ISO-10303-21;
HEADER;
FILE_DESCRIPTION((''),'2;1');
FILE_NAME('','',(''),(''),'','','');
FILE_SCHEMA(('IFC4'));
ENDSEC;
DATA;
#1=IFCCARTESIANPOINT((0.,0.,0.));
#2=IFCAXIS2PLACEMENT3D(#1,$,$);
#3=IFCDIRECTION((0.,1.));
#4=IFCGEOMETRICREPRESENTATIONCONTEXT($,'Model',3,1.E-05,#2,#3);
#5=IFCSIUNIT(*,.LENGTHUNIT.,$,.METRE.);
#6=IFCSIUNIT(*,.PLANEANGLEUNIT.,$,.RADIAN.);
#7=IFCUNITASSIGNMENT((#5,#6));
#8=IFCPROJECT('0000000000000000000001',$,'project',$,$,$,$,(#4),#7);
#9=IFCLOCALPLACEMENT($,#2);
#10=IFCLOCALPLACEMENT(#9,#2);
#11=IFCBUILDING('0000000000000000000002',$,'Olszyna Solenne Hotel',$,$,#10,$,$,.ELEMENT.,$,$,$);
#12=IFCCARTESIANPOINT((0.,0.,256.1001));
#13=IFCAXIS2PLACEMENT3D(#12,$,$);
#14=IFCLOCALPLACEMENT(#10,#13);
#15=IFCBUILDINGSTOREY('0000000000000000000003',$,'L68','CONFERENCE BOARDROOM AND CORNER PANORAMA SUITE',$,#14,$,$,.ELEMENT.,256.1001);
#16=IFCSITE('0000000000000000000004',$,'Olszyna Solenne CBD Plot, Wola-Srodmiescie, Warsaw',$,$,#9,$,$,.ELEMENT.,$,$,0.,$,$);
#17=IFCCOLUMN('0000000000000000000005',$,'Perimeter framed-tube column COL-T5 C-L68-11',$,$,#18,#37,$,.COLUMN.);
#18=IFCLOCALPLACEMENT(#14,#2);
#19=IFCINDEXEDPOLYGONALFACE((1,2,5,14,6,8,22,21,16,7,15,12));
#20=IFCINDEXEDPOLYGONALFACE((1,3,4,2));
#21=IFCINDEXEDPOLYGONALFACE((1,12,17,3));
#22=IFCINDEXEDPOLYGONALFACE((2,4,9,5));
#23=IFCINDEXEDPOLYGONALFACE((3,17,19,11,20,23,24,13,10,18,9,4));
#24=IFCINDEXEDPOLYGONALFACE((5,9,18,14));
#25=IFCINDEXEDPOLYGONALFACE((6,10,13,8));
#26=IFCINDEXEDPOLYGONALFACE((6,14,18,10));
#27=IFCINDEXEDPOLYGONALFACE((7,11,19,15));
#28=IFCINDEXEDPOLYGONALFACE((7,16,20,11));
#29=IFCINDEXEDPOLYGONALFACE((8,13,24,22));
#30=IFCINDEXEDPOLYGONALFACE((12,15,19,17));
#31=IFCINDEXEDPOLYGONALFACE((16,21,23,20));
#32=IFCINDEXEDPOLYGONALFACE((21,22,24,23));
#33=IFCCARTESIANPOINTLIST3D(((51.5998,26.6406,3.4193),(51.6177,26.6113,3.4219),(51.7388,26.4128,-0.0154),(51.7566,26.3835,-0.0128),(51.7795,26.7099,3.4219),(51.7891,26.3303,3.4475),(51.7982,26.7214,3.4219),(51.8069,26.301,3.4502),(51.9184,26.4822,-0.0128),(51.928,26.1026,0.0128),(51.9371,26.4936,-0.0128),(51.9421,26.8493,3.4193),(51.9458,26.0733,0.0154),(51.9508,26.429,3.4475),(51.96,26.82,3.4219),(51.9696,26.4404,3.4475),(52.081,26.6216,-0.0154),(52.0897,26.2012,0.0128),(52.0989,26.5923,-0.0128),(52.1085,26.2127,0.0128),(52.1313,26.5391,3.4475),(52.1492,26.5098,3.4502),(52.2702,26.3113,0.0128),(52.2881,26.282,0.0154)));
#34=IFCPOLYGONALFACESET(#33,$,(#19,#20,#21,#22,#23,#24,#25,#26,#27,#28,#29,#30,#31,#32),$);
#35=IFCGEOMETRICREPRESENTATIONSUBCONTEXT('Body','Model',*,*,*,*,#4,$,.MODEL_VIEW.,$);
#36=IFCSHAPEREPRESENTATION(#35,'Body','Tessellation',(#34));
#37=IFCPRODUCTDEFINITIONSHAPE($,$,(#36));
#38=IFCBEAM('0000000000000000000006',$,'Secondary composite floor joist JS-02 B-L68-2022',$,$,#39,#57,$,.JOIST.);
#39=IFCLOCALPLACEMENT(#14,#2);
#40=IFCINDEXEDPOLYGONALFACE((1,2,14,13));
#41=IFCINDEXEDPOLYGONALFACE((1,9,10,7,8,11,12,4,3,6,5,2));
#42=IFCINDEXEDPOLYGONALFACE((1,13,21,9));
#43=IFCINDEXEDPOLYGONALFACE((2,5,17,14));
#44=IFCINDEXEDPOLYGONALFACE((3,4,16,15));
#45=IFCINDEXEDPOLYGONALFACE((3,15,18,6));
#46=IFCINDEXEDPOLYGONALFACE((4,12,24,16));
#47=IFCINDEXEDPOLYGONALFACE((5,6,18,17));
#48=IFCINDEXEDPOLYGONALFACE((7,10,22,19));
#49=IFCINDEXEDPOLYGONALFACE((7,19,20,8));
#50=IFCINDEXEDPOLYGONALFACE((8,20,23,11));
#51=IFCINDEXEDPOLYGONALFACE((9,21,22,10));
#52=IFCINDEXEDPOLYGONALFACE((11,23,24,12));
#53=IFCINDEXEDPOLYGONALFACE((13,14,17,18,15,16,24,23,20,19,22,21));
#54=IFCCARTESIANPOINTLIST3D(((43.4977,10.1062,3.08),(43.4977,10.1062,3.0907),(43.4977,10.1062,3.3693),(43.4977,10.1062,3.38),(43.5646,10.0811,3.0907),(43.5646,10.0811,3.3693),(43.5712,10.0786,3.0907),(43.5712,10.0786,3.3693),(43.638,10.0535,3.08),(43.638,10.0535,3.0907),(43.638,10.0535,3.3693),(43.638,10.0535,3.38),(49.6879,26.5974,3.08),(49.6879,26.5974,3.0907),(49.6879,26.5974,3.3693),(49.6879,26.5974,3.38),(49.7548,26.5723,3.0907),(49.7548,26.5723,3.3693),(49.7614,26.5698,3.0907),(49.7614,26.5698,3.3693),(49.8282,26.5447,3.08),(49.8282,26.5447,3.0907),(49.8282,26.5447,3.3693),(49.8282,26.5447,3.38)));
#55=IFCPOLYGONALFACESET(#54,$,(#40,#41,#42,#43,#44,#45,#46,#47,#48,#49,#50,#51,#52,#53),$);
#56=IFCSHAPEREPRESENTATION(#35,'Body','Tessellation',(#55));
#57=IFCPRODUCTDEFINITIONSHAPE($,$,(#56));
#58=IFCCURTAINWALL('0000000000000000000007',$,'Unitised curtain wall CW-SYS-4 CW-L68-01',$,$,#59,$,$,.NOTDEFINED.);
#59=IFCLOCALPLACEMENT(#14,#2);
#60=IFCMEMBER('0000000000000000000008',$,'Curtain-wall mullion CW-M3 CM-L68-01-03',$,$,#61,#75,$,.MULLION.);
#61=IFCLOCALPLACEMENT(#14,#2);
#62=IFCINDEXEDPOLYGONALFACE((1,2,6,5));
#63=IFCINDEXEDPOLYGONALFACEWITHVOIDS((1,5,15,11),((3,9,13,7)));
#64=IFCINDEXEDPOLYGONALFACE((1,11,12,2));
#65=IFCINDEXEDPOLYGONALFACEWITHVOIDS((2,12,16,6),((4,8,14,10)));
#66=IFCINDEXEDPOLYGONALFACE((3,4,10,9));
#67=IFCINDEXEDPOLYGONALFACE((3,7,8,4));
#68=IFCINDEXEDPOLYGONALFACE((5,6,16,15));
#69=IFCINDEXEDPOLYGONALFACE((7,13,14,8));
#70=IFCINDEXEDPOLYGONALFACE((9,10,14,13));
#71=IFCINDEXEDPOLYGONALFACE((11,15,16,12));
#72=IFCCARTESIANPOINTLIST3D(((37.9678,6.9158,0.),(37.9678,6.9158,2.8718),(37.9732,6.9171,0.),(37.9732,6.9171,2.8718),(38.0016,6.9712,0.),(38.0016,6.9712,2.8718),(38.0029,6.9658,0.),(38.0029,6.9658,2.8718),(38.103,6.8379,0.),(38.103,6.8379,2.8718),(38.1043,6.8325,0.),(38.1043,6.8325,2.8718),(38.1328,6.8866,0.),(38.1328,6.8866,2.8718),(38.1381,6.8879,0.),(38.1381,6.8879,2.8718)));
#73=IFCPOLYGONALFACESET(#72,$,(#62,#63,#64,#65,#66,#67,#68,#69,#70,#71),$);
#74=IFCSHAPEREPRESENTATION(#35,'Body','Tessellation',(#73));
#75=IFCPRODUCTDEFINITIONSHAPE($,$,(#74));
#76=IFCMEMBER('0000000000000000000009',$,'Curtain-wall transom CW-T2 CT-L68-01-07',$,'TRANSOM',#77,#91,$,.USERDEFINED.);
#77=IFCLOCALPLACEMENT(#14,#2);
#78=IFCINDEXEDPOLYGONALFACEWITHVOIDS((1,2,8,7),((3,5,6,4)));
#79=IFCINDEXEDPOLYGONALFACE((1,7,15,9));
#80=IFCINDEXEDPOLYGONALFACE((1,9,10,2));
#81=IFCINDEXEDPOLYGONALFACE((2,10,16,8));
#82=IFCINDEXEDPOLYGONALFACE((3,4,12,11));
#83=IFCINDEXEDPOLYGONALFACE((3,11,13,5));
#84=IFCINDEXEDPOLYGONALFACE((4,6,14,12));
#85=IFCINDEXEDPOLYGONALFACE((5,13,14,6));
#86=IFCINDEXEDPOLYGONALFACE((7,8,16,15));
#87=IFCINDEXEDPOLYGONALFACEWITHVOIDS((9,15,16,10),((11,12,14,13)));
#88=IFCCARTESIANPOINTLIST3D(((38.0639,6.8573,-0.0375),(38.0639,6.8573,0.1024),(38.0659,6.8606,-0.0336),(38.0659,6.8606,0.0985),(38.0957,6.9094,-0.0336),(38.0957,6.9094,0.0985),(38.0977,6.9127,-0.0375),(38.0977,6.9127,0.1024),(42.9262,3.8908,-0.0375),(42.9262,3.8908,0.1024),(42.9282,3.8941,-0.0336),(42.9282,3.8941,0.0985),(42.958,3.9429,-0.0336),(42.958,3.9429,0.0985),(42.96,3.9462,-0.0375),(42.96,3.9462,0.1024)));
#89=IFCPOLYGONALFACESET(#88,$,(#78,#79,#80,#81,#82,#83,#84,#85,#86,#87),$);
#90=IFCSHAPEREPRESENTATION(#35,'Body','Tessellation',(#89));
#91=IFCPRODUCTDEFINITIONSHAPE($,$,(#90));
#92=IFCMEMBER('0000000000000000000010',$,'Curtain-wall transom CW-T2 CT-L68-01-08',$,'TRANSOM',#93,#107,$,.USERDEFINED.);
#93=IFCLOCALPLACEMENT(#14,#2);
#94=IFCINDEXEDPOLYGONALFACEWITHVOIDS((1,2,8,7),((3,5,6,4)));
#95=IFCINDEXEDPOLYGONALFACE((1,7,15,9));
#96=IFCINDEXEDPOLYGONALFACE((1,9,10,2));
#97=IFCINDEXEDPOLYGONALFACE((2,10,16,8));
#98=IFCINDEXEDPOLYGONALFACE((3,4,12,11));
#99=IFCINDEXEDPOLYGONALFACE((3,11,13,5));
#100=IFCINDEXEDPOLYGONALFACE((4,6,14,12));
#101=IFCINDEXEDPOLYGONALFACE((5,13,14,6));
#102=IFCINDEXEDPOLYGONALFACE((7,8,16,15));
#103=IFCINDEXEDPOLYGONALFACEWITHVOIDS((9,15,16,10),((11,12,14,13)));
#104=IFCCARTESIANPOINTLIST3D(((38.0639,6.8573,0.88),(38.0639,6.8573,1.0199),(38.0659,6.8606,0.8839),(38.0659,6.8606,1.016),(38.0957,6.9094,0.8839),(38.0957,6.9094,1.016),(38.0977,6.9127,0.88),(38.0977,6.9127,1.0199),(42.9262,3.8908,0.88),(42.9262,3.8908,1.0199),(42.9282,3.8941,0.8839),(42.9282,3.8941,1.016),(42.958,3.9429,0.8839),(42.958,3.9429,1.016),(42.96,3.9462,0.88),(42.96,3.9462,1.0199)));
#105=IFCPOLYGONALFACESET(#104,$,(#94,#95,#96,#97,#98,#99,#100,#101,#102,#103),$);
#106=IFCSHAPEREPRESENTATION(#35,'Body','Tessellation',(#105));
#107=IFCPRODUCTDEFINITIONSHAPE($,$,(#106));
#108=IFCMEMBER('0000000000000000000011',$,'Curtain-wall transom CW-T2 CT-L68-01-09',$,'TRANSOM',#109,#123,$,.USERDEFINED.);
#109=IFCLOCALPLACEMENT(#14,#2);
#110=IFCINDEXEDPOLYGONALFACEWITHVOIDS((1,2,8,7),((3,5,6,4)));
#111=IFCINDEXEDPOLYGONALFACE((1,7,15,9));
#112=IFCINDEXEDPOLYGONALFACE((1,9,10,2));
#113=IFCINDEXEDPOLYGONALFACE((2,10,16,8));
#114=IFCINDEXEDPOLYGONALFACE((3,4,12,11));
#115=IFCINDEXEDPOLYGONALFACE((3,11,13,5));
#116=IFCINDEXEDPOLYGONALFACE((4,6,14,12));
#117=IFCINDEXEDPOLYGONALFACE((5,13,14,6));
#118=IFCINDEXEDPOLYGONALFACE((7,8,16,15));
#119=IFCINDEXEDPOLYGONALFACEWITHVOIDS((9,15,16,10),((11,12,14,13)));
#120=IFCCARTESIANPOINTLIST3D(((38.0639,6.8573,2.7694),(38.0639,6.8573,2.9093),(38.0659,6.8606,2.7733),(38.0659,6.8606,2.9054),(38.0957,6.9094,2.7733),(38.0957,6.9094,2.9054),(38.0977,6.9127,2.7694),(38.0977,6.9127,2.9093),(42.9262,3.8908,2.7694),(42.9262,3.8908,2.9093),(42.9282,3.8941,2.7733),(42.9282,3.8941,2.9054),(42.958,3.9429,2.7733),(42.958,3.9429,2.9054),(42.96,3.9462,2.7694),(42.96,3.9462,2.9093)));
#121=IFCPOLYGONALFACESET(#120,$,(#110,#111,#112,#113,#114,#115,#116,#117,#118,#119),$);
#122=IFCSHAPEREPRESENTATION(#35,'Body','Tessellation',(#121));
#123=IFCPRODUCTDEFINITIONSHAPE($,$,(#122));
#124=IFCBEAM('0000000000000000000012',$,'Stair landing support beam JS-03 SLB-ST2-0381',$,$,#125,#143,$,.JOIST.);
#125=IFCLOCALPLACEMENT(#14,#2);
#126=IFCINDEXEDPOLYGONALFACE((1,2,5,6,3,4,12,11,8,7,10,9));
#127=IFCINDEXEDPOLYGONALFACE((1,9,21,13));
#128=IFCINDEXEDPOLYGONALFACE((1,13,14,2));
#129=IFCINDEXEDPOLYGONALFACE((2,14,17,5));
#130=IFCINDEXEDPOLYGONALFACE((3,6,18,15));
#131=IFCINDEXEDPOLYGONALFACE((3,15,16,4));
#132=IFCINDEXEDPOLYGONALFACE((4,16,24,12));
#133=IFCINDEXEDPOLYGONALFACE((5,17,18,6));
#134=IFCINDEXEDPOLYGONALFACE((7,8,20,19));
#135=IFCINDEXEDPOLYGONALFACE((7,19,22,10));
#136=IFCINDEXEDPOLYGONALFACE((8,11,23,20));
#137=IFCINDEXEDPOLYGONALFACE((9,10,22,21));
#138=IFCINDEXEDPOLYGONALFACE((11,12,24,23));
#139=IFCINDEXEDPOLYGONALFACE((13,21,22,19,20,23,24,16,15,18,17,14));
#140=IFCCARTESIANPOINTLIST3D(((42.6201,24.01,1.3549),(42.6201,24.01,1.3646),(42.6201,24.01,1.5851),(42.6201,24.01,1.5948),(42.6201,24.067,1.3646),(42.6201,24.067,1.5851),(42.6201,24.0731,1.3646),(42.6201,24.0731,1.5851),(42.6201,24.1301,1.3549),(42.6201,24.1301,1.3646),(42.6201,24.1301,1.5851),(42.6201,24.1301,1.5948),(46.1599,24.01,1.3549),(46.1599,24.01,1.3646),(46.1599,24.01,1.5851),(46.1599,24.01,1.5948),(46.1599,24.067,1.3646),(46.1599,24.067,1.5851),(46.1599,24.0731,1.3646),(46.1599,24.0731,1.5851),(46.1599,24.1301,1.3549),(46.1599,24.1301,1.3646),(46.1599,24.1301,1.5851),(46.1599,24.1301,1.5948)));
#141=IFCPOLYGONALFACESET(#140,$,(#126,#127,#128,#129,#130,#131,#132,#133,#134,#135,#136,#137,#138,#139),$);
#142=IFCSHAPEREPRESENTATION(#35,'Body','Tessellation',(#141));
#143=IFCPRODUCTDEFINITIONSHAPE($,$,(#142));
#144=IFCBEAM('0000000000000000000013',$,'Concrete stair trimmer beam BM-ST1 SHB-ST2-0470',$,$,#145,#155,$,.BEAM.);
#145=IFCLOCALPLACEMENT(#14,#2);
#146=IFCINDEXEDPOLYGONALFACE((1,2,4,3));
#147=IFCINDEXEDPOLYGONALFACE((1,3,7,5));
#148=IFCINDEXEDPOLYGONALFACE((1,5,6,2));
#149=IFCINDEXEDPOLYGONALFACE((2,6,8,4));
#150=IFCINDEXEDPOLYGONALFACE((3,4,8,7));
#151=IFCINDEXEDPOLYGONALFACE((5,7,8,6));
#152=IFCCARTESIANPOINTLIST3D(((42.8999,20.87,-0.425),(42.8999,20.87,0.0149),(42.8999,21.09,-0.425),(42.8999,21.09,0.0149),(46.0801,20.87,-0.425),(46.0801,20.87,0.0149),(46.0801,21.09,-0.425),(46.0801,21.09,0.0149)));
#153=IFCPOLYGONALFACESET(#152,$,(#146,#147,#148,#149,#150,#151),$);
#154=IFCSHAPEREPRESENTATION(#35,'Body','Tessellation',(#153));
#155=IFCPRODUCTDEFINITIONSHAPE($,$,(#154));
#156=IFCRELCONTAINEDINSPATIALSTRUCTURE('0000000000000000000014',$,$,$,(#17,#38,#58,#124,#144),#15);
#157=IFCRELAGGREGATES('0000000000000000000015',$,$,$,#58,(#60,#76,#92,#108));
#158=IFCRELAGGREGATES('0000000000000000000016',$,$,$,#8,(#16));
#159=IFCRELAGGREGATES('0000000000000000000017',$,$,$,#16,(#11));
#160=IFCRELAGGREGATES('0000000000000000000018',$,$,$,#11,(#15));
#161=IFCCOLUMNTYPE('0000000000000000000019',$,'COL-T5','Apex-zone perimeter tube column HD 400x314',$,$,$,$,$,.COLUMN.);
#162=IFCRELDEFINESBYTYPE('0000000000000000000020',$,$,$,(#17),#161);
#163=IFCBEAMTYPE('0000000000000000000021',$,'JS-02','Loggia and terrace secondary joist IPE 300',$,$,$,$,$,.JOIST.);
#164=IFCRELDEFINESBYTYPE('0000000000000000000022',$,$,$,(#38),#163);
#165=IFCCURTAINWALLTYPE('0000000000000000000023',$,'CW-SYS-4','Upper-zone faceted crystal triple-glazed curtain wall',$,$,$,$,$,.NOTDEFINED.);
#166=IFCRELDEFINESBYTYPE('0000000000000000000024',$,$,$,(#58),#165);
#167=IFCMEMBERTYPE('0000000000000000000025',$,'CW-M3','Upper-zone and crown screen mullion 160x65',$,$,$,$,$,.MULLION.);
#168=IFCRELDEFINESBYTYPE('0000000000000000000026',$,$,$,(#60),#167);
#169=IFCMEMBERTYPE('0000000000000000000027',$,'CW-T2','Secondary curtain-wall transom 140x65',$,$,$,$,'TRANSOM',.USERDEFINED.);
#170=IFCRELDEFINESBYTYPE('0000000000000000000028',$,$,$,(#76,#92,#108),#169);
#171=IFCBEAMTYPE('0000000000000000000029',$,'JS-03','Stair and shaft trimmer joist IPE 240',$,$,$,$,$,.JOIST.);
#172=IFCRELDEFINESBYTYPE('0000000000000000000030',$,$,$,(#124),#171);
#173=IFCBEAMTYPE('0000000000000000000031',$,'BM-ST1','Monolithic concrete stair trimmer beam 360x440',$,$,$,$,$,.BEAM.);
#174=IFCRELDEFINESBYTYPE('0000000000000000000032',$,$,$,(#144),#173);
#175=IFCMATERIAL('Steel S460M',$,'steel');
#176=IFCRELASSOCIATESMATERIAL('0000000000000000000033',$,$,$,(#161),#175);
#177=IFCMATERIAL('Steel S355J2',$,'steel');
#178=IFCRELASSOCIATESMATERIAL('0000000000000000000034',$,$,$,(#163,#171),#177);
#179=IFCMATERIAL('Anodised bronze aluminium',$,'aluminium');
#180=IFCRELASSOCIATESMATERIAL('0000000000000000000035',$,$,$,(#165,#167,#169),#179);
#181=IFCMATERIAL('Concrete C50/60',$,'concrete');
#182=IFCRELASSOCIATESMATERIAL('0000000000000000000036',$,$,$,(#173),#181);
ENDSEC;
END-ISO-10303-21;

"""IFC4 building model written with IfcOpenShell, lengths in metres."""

from ifc_helpers import new_model, si_unit, direction, frame, origin, origin_2d, place, context, subcontext, project, spatial, rectangle, hollow_rectangle, i_section, extrude, source, transform, mapped, material, material_profile, profile_set, type_object, element, aggregate, save


model = new_model("IFC4")

# Units and contexts
model_context = context("Model", 3, precision=1e-05, world=origin(), true_north=direction((0.0, 1.0)))
body_context = subcontext(model_context, "Body", "Model", "MODEL_VIEW")
ifc_project = project(units=[si_unit("LENGTHUNIT", "METRE"), si_unit("PLANEANGLEUNIT", "RADIAN")], contexts=[model_context])

# Site, building, storey
site_placement = place(None, origin())
site = spatial("IfcSite", under=ifc_project, at=site_placement, Name="Olszyna Solenne CBD Plot, Wola-Srodmiescie, Warsaw", CompositionType="ELEMENT", RefElevation=0.0)
building_placement = place(site_placement, origin())
building = spatial("IfcBuilding", under=site, at=building_placement, Name="Olszyna Solenne Hotel", CompositionType="ELEMENT")
storey_placement = place(building_placement, frame((0.0, 0.0, 256.1001)))
storey = spatial("IfcBuildingStorey", under=building, at=storey_placement, Name="L68", Description="CONFERENCE BOARDROOM AND CORNER PANORAMA SUITE", CompositionType="ELEMENT", Elevation=256.1001)

# Column
ifc_material_1 = material(Name="Steel S460M", Category="steel")
ifc_material_profile_1 = material_profile(ifc_material_1, i_section(OverallWidth=0.4009, OverallDepth=0.3989, WebThickness=0.022, FlangeThickness=0.0344, at=origin_2d()), Name="HD 400x314", Category="load-bearing")
ifc_profile_set_1 = profile_set([ifc_material_profile_1], Name="Steel S460M")
column_type = type_object("IfcColumnType", Name="COL-T5", Description="Apex-zone perimeter tube column HD 400x314", PredefinedType="COLUMN", material=ifc_profile_set_1)
shared_shape_1 = source(origin(), body_context, "Body", "SweptSolid", [
    extrude(i_section(OverallWidth=0.4009, OverallDepth=0.3989, WebThickness=0.022, FlangeThickness=0.0344, at=origin_2d()), origin(), (0.0, 0.0, 1.0), 3.4451),
])
column_placement = place(storey_placement, frame((52.0134, 26.3474, 0.0), z_axis=(-0.040322, 0.066117, 0.996997), x_axis=(-0.853756, -0.520673, 0.0)))
element("IfcColumn", 1, at=column_placement, inside=storey, type_object=column_type, Name="Perimeter framed-tube column COL-T5 C-L68-11", PredefinedType="COLUMN", context=body_context, shape_type="MappedRepresentation", body=[
    mapped(shared_shape_1, transform((0.0, 0.0, 0.0), x_axis=(1.0, 0.0, 0.0), y_axis=(0.0, 1.0, 0.0), z_axis=(0.0, 0.0, 1.0), scale=1.0)),
])

# Beam
ifc_material_2 = material(Name="Steel S355J2", Category="steel")
ifc_material_profile_2 = material_profile(ifc_material_2, i_section(OverallWidth=0.1499, OverallDepth=0.3, WebThickness=0.0071, FlangeThickness=0.0107, at=origin_2d()), Name="IPE 300", Category="load-bearing")
ifc_profile_set_2 = profile_set([ifc_material_profile_2], Name="Steel S355J2")
beam_type_1 = type_object("IfcBeamType", Name="JS-02", Description="Loggia and terrace secondary joist IPE 300", PredefinedType="JOIST", material=ifc_profile_set_2)
shared_shape_2 = source(origin(), body_context, "Body", "SweptSolid", [
    extrude(i_section(OverallWidth=0.1499, OverallDepth=0.3, WebThickness=0.0071, FlangeThickness=0.0107, at=origin_2d()), origin(), (0.0, 0.0, 1.0), 17.6147),
])
beam_1_placement = place(storey_placement, frame((43.5679, 10.0798, 3.23), z_axis=(0.351421, 0.936217, 0.0), x_axis=(-0.936217, 0.351421, 0.0)))
element("IfcBeam", 2, at=beam_1_placement, inside=storey, type_object=beam_type_1, Name="Secondary composite floor joist JS-02 B-L68-2022", PredefinedType="JOIST", context=body_context, shape_type="MappedRepresentation", body=[
    mapped(shared_shape_2, transform((0.0, 0.0, 0.0), x_axis=(1.0, 0.0, 0.0), y_axis=(0.0, 1.0, 0.0), z_axis=(0.0, 0.0, 1.0), scale=1.0)),
])

# Curtain wall, members
ifc_material_3 = material(Name="Anodised bronze aluminium", Category="aluminium")
curtain_wall_type = type_object("IfcCurtainWallType", Name="CW-SYS-4", Description="Upper-zone faceted crystal triple-glazed curtain wall", PredefinedType="NOTDEFINED", material=ifc_material_3)
curtain_wall_placement = place(storey_placement, origin())
curtain_wall = element("IfcCurtainWall", 3, at=curtain_wall_placement, inside=storey, type_object=curtain_wall_type, Name="Unitised curtain wall CW-SYS-4 CW-L68-01", PredefinedType="NOTDEFINED")
ifc_material_profile_3 = material_profile(ifc_material_3, hollow_rectangle(XDim=0.0649, YDim=0.1599, WallThickness=0.0039, at=origin_2d()), Name="MULL 160x65x4", Category="load-bearing")
ifc_profile_set_3 = profile_set([ifc_material_profile_3], Name="Anodised bronze aluminium")
member_type_1 = type_object("IfcMemberType", Name="CW-M3", Description="Upper-zone and crown screen mullion 160x65", PredefinedType="MULLION", material=ifc_profile_set_3)
shared_shape_3 = source(origin(), body_context, "Body", "SweptSolid", [
    extrude(hollow_rectangle(XDim=0.0649, YDim=0.1599, WallThickness=0.0039, at=origin_2d()), origin(), (0.0, 0.0, 1.0), 2.8718),
])
member_1_placement = place(storey_placement, frame((38.053, 6.9019, 0.0), z_axis=(0.0, 0.0, 1.0), x_axis=(0.520829, 0.853661, 0.0)))
member_1 = element("IfcMember", 4, at=member_1_placement, type_object=member_type_1, Name="Curtain-wall mullion CW-M3 CM-L68-01-03", PredefinedType="MULLION", context=body_context, shape_type="MappedRepresentation", body=[
    mapped(shared_shape_3, transform((0.0, 0.0, 0.0), x_axis=(1.0, 0.0, 0.0), y_axis=(0.0, 1.0, 0.0), z_axis=(0.0, 0.0, 1.0), scale=1.0)),
])
ifc_material_profile_4 = material_profile(ifc_material_3, hollow_rectangle(XDim=0.0649, YDim=0.1399, WallThickness=0.0039, at=origin_2d()), Name="TRAN 140x65x4", Category="load-bearing")
ifc_profile_set_4 = profile_set([ifc_material_profile_4], Name="Anodised bronze aluminium")
member_type_2 = type_object("IfcMemberType", Name="CW-T2", Description="Secondary curtain-wall transom 140x65", ElementType="TRANSOM", PredefinedType="USERDEFINED", material=ifc_profile_set_4)
shared_shape_4 = source(origin(), body_context, "Body", "SweptSolid", [
    extrude(hollow_rectangle(XDim=0.0649, YDim=0.1399, WallThickness=0.0039, at=origin_2d()), origin(), (0.0, 0.0, 1.0), 5.6958),
])
member_2_placement = place(storey_placement, frame((38.0808, 6.885, 0.0325), z_axis=(0.853661, -0.520829, 0.0), x_axis=(0.520829, 0.853661, 0.0)))
member_2 = element("IfcMember", 5, at=member_2_placement, type_object=member_type_2, Name="Curtain-wall transom CW-T2 CT-L68-01-07", ObjectType="TRANSOM", PredefinedType="USERDEFINED", context=body_context, shape_type="MappedRepresentation", body=[
    mapped(shared_shape_4, transform((0.0, 0.0, 0.0), x_axis=(1.0, 0.0, 0.0), y_axis=(0.0, 1.0, 0.0), z_axis=(0.0, 0.0, 1.0), scale=1.0)),
])
member_3_placement = place(storey_placement, frame((38.0808, 6.885, 0.95), z_axis=(0.853661, -0.520829, 0.0), x_axis=(0.520829, 0.853661, 0.0)))
member_3 = element("IfcMember", 6, at=member_3_placement, type_object=member_type_2, Name="Curtain-wall transom CW-T2 CT-L68-01-08", ObjectType="TRANSOM", PredefinedType="USERDEFINED", context=body_context, shape_type="MappedRepresentation", body=[
    mapped(shared_shape_4, transform((0.0, 0.0, 0.0), x_axis=(1.0, 0.0, 0.0), y_axis=(0.0, 1.0, 0.0), z_axis=(0.0, 0.0, 1.0), scale=1.0)),
])
member_4_placement = place(storey_placement, frame((38.0808, 6.885, 2.8394), z_axis=(0.853661, -0.520829, 0.0), x_axis=(0.520829, 0.853661, 0.0)))
member_4 = element("IfcMember", 7, at=member_4_placement, type_object=member_type_2, Name="Curtain-wall transom CW-T2 CT-L68-01-09", ObjectType="TRANSOM", PredefinedType="USERDEFINED", context=body_context, shape_type="MappedRepresentation", body=[
    mapped(shared_shape_4, transform((0.0, 0.0, 0.0), x_axis=(1.0, 0.0, 0.0), y_axis=(0.0, 1.0, 0.0), z_axis=(0.0, 0.0, 1.0), scale=1.0)),
])
aggregate(curtain_wall, [member_1, member_2, member_3, member_4])

# Beams
ifc_material_profile_5 = material_profile(ifc_material_2, i_section(OverallWidth=0.1201, OverallDepth=0.24, WebThickness=0.0061, FlangeThickness=0.0098, at=origin_2d()), Name="IPE 240", Category="load-bearing")
ifc_profile_set_5 = profile_set([ifc_material_profile_5], Name="Steel S355J2")
beam_type_2 = type_object("IfcBeamType", Name="JS-03", Description="Stair and shaft trimmer joist IPE 240", PredefinedType="JOIST", material=ifc_profile_set_5)
shared_shape_5 = source(origin(), body_context, "Body", "SweptSolid", [
    extrude(i_section(OverallWidth=0.1201, OverallDepth=0.24, WebThickness=0.0061, FlangeThickness=0.0098, at=origin_2d()), origin(), (0.0, 0.0, 1.0), 3.5398),
])
beam_2_placement = place(storey_placement, frame((46.1599, 24.0701, 1.4749), z_axis=(-1.0, 0.0, 0.0), x_axis=(0.0, -1.0, 0.0)))
element("IfcBeam", 8, at=beam_2_placement, inside=storey, type_object=beam_type_2, Name="Stair landing support beam JS-03 SLB-ST2-0381", PredefinedType="JOIST", context=body_context, shape_type="MappedRepresentation", body=[
    mapped(shared_shape_5, transform((0.0, 0.0, 0.0), x_axis=(1.0, 0.0, 0.0), y_axis=(0.0, 1.0, 0.0), z_axis=(0.0, 0.0, 1.0), scale=1.0)),
])
ifc_material_4 = material(Name="Concrete C50/60", Category="concrete")
ifc_material_profile_6 = material_profile(ifc_material_4, rectangle(XDim=0.22, YDim=0.4399, at=origin_2d()), Name="RC 220x440", Category="load-bearing")
ifc_profile_set_6 = profile_set([ifc_material_profile_6], Name="Concrete C50/60")
beam_type_3 = type_object("IfcBeamType", Name="BM-ST1", Description="Monolithic concrete stair trimmer beam 360x440", PredefinedType="BEAM", material=ifc_profile_set_6)
shared_shape_6 = source(origin(), body_context, "Body", "SweptSolid", [
    extrude(rectangle(XDim=0.22, YDim=0.4399, at=origin_2d()), origin(), (0.0, 0.0, 1.0), 3.1802),
])
beam_3_placement = place(storey_placement, frame((46.0801, 20.98, -0.2051), z_axis=(-1.0, 0.0, 0.0), x_axis=(0.0, -1.0, 0.0)))
element("IfcBeam", 9, at=beam_3_placement, inside=storey, type_object=beam_type_3, Name="Concrete stair trimmer beam BM-ST1 SHB-ST2-0470", PredefinedType="BEAM", context=body_context, shape_type="MappedRepresentation", body=[
    mapped(shared_shape_6, transform((0.0, 0.0, 0.0), x_axis=(1.0, 0.0, 0.0), y_axis=(0.0, 1.0, 0.0), z_axis=(0.0, 0.0, 1.0), scale=1.0)),
])

save(model, "model.ifc")
